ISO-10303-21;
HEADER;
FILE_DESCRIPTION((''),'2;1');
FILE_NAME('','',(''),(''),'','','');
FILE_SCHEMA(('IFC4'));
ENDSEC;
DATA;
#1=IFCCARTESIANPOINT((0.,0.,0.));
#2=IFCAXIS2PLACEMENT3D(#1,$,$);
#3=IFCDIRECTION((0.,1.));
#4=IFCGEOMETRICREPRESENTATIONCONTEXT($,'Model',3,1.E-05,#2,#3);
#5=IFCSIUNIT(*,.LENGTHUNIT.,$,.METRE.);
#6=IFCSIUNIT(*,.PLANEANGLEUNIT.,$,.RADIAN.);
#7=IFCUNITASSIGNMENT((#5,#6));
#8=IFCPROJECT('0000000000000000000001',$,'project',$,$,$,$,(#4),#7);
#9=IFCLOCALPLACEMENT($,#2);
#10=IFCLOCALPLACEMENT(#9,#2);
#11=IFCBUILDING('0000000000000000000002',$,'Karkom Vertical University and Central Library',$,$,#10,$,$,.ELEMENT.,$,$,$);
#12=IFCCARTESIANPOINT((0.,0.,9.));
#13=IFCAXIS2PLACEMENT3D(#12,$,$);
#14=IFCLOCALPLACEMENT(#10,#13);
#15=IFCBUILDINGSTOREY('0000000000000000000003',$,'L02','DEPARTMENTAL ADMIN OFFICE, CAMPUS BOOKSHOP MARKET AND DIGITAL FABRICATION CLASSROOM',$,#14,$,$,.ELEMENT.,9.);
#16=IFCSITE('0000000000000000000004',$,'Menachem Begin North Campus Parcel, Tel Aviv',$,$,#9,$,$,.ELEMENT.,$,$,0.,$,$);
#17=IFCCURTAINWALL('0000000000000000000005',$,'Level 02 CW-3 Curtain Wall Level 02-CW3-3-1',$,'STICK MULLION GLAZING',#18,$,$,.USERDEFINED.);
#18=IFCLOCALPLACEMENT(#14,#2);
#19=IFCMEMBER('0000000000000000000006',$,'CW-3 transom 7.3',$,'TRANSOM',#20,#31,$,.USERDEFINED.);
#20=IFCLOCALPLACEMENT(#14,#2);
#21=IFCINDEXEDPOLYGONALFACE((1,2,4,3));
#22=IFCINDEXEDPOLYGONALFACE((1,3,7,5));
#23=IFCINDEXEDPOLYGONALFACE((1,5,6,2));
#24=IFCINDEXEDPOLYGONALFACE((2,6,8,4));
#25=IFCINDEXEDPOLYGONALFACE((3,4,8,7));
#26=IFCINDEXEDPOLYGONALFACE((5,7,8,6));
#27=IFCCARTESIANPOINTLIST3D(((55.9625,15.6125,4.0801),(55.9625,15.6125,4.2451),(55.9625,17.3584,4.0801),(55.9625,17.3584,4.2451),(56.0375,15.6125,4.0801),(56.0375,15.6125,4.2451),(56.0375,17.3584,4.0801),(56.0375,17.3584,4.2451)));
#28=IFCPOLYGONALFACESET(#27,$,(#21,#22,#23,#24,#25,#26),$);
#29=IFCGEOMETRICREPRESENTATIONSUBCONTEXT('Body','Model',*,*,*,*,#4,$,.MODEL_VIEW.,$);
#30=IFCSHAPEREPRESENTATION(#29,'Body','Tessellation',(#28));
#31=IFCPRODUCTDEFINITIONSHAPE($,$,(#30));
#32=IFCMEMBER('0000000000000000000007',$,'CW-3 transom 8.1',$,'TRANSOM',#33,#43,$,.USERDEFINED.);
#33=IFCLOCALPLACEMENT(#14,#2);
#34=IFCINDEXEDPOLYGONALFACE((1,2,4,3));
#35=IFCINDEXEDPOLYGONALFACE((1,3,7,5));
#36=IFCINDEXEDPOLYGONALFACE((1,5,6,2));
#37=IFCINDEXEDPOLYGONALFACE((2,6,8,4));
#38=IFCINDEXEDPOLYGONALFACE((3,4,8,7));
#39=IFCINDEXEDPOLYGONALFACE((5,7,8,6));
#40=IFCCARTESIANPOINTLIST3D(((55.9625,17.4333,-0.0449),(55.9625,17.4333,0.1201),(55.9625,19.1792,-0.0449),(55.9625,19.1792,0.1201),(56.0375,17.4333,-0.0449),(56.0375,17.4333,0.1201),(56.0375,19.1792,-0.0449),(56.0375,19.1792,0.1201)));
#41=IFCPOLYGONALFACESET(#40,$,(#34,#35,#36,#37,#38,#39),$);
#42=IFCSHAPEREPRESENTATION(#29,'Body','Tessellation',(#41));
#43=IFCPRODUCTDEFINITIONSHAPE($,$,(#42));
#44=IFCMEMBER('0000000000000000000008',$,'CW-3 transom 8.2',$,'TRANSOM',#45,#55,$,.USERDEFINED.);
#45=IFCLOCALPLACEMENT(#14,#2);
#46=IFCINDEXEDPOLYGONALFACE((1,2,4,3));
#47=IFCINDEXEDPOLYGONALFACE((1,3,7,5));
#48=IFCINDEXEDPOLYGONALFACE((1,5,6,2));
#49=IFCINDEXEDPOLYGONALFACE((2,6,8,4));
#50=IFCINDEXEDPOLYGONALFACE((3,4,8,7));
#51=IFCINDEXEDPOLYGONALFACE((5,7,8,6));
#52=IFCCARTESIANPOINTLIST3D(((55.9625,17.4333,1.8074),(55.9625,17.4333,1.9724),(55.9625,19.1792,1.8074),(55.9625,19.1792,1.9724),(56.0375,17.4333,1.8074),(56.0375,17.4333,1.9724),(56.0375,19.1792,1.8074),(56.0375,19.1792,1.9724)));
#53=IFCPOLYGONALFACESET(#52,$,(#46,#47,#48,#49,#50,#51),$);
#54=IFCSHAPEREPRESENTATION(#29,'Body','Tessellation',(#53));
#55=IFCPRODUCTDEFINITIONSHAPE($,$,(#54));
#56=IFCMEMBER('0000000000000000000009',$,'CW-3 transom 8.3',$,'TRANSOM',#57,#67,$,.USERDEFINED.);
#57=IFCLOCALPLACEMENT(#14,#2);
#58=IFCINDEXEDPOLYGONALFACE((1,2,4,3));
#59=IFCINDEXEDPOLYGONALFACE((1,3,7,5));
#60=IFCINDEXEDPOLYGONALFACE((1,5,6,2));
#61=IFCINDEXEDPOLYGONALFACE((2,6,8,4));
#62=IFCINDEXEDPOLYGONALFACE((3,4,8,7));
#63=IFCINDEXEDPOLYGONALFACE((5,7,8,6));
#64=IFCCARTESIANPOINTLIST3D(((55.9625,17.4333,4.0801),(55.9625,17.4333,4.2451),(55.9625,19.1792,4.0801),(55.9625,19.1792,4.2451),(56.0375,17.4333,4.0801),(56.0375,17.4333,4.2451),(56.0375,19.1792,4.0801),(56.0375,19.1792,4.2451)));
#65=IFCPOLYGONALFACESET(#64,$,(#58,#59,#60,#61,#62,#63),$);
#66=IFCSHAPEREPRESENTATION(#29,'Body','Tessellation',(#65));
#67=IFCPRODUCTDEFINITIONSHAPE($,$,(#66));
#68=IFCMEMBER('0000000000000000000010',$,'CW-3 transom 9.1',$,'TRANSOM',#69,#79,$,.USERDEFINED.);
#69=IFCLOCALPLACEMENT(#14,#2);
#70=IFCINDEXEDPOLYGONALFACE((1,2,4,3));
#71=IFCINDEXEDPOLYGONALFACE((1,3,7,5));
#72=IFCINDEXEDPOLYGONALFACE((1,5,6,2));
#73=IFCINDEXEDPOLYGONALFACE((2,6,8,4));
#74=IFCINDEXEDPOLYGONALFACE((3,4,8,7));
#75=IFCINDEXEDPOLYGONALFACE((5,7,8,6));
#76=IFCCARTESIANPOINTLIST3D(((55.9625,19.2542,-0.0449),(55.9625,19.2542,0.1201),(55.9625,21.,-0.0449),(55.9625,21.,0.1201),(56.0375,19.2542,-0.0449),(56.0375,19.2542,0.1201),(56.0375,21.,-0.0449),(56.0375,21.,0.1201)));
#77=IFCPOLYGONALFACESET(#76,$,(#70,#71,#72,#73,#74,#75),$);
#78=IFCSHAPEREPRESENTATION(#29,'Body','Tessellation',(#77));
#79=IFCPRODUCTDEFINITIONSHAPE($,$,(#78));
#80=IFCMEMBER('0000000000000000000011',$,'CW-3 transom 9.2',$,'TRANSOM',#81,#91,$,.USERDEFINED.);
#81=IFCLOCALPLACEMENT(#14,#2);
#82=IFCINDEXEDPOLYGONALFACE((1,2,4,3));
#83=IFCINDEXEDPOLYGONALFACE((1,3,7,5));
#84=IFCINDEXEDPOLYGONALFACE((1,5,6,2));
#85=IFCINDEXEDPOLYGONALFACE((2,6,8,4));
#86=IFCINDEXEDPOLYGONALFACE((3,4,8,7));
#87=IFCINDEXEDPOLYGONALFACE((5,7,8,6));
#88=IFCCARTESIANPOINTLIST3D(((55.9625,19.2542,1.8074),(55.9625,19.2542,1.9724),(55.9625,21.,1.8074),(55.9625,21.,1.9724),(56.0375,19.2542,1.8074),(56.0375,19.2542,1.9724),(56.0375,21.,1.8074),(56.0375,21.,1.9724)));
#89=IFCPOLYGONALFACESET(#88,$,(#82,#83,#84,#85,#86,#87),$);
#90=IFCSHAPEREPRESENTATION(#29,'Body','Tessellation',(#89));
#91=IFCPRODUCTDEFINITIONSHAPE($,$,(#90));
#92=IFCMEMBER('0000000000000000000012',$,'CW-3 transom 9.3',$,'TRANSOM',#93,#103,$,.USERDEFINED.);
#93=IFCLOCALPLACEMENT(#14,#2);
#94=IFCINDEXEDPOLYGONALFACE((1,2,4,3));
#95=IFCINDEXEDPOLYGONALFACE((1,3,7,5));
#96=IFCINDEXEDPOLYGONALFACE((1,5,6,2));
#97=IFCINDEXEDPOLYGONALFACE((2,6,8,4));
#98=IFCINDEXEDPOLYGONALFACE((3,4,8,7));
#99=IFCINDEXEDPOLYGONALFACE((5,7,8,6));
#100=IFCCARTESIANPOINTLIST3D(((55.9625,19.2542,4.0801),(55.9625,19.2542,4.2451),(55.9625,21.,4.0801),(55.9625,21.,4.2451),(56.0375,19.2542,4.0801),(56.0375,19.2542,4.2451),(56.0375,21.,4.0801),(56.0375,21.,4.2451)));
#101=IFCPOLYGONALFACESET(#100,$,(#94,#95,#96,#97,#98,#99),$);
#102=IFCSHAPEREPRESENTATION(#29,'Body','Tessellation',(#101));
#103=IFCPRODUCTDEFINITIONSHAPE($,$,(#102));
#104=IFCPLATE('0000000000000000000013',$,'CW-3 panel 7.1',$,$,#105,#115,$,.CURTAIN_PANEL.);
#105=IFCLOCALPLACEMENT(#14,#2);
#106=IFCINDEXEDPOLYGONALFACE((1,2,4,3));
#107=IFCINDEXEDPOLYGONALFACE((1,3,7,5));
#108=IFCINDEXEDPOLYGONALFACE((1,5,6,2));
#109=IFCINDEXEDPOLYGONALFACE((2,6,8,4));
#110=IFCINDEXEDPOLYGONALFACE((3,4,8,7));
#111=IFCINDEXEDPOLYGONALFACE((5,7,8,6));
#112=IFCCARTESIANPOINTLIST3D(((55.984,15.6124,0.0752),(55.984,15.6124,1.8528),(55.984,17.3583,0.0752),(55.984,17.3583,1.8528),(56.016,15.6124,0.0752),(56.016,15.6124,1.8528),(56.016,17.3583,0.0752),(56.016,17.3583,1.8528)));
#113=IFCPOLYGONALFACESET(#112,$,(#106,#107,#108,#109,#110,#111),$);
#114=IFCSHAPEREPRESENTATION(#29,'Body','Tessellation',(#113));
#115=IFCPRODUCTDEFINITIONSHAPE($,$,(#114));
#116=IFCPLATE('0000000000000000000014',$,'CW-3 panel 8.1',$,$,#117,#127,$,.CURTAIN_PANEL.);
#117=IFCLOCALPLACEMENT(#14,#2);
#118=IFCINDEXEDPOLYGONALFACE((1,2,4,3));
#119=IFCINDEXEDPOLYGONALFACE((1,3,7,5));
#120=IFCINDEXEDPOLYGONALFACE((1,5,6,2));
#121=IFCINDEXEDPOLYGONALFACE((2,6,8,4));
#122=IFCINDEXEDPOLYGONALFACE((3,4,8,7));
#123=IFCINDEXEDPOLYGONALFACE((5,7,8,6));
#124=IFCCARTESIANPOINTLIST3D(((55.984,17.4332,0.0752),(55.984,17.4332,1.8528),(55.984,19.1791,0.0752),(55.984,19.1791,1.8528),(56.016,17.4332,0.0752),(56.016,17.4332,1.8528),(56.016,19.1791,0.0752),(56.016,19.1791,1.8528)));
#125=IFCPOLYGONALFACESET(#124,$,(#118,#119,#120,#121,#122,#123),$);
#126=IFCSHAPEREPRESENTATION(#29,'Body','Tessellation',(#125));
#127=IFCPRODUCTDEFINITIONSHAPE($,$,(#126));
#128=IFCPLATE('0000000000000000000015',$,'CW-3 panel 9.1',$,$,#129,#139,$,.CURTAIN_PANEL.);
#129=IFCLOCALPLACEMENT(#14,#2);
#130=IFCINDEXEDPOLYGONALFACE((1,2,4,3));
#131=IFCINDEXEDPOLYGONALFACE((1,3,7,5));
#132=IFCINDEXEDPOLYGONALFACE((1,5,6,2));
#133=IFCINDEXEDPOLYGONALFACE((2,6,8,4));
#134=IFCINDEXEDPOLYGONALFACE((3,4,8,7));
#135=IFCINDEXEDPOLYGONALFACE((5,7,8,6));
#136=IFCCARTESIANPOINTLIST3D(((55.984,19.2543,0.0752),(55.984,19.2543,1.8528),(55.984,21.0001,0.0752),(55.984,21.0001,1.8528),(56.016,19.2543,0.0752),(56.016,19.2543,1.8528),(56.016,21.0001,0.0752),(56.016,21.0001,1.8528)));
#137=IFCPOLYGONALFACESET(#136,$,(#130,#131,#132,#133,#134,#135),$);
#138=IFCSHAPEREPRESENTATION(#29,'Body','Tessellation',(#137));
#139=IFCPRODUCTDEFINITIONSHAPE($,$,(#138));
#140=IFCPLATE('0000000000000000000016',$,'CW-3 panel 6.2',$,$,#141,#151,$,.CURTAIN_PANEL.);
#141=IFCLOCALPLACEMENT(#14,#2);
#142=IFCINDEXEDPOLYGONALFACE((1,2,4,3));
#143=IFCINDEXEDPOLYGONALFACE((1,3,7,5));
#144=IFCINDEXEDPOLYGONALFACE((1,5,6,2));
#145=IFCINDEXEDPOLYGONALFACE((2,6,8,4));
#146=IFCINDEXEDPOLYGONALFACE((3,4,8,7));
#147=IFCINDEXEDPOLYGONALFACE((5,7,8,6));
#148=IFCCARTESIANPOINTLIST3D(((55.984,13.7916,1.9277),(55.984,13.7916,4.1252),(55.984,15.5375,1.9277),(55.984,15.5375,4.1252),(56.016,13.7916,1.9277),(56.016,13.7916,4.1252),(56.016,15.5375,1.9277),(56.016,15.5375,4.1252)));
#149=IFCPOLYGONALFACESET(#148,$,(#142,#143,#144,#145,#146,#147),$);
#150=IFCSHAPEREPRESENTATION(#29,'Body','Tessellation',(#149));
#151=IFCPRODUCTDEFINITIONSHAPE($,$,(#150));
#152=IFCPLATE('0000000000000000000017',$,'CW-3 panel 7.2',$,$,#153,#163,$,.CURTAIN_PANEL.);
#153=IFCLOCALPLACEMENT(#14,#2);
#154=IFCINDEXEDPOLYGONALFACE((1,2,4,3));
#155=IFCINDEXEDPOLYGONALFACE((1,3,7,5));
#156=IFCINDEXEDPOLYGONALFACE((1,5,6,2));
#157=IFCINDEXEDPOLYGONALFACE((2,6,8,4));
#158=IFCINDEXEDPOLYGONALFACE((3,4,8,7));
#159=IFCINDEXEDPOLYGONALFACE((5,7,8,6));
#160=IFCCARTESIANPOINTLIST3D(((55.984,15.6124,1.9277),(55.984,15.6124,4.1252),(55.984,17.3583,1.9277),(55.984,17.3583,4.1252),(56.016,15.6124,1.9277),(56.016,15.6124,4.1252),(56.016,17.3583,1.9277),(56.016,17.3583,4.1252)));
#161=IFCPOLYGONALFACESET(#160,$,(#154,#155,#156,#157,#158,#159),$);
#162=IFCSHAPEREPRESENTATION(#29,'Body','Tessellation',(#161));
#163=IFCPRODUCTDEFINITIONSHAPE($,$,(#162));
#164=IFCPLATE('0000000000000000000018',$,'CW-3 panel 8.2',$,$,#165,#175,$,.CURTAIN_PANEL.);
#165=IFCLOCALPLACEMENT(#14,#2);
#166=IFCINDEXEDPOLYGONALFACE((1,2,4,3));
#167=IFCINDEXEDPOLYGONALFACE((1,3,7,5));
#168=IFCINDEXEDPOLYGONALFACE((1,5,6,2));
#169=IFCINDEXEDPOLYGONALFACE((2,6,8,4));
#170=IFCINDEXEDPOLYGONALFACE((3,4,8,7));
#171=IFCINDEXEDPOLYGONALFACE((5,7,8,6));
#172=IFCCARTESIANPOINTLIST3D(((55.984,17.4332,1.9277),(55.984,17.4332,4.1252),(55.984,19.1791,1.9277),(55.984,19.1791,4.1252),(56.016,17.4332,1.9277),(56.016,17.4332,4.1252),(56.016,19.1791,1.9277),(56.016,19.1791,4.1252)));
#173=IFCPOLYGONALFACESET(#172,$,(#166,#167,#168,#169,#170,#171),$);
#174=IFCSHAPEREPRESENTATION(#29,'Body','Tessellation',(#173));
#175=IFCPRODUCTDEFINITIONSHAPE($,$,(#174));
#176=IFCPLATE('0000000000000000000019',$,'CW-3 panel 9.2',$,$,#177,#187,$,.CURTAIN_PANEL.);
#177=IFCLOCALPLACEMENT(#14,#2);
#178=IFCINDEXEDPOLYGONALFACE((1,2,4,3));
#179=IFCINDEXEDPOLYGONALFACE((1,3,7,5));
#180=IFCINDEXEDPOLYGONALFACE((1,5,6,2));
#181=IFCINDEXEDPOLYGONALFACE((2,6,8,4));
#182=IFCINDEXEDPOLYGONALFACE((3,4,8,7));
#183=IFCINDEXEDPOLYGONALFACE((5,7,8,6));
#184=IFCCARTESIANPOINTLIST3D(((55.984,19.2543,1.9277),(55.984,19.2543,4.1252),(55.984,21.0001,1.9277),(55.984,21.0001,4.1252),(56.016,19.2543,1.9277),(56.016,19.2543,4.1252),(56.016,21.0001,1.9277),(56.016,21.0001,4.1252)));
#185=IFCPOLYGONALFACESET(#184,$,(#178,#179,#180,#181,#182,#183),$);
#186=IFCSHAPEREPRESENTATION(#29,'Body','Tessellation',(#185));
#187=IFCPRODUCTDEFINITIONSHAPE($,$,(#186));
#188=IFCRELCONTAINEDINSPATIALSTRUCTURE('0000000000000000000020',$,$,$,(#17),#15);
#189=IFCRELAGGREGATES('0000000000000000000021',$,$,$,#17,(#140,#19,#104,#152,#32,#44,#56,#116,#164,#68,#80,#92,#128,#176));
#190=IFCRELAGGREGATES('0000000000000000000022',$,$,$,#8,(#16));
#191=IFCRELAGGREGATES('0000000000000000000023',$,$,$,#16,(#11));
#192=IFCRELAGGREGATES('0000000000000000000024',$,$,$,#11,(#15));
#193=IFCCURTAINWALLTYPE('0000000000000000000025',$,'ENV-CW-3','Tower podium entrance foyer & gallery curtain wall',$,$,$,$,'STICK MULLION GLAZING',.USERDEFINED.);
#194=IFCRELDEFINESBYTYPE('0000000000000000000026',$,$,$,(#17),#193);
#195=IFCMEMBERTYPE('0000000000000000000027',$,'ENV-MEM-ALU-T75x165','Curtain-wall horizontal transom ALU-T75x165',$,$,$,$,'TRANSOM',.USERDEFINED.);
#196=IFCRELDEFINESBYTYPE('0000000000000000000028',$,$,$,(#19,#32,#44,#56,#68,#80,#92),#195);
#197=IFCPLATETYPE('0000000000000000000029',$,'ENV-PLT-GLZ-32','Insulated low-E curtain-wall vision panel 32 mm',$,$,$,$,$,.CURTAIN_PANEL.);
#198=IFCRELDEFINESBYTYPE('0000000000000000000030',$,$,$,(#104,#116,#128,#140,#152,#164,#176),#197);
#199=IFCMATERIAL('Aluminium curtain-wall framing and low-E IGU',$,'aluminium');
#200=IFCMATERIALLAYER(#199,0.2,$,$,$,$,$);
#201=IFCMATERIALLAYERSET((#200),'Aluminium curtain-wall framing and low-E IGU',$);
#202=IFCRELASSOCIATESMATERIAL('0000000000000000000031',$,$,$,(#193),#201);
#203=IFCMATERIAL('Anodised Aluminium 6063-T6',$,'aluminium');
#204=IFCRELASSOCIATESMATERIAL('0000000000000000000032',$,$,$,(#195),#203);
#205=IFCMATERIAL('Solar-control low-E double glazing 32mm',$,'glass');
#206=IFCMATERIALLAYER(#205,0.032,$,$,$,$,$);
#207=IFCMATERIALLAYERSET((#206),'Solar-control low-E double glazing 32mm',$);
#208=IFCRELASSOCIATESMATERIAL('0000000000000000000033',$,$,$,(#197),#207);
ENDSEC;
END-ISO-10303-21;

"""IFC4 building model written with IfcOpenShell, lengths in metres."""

from ifc_helpers import new_model, si_unit, direction, frame, origin, origin_with_axes, origin_2d, place, context, subcontext, project, spatial, rectangle, extrude, source, transform, mapped, material, layer, layer_set, material_profile, profile_set, type_object, element, aggregate, save


model = new_model("IFC4")

# Units and contexts
model_context = context("Model", 3, precision=1e-05, world=origin(), true_north=direction((0.0, 1.0)))
body_context = subcontext(model_context, "Body", "Model", "MODEL_VIEW")
ifc_project = project(units=[si_unit("LENGTHUNIT", "METRE"), si_unit("PLANEANGLEUNIT", "RADIAN")], contexts=[model_context])

# Site, building, storey
site_placement = place(None, origin())
site = spatial("IfcSite", under=ifc_project, at=site_placement, Name="Menachem Begin North Campus Parcel, Tel Aviv", CompositionType="ELEMENT", RefElevation=0.0)
building_placement = place(site_placement, origin())
building = spatial("IfcBuilding", under=site, at=building_placement, Name="Karkom Vertical University and Central Library", CompositionType="ELEMENT")
storey_placement = place(building_placement, frame((0.0, 0.0, 9.0)))
storey = spatial("IfcBuildingStorey", under=building, at=storey_placement, Name="L02", Description="DEPARTMENTAL ADMIN OFFICE, CAMPUS BOOKSHOP MARKET AND DIGITAL FABRICATION CLASSROOM", CompositionType="ELEMENT", Elevation=9.0)

# Curtain wall, members, plates
ifc_material_1 = material(Name="Aluminium curtain-wall framing and low-E IGU", Category="aluminium")
ifc_layer_1 = layer(ifc_material_1, 0.2)
ifc_layer_set_1 = layer_set([ifc_layer_1], Name="Aluminium curtain-wall framing and low-E IGU")
curtain_wall_type = type_object("IfcCurtainWallType", Name="ENV-CW-3", Description="Tower podium entrance foyer & gallery curtain wall", ElementType="STICK MULLION GLAZING", PredefinedType="USERDEFINED", material=ifc_layer_set_1)
curtain_wall_placement = place(storey_placement, origin())
curtain_wall = element("IfcCurtainWall", 1, at=curtain_wall_placement, inside=storey, type_object=curtain_wall_type, Name="Level 02 CW-3 Curtain Wall Level 02-CW3-3-1", ObjectType="STICK MULLION GLAZING", PredefinedType="USERDEFINED")
ifc_material_2 = material(Name="Anodised Aluminium 6063-T6", Category="aluminium")
ifc_material_profile_1 = material_profile(ifc_material_2, rectangle(XDim=0.075, YDim=0.165, at=origin_2d()), Name="ALU-T75x165")
ifc_profile_set_1 = profile_set([ifc_material_profile_1], Name="Anodised Aluminium 6063-T6")
member_type_1 = type_object("IfcMemberType", Name="ENV-MEM-ALU-T75x165", Description="Curtain-wall horizontal transom ALU-T75x165", ElementType="TRANSOM", PredefinedType="USERDEFINED", material=ifc_profile_set_1)
shared_shape_1 = source(origin_with_axes(), body_context, "Body", "SweptSolid", [
    extrude(rectangle(XDim=0.075, YDim=0.165, at=origin_2d()), origin(), (0.0, 0.0, 1.0), 1.7458),
])
member_1_placement = place(storey_placement, frame((56.0, 15.6125, 4.1626), z_axis=(0.0, 1.0, 0.0), x_axis=(-1.0, 0.0, 0.0)))
member_1 = element("IfcMember", 2, at=member_1_placement, type_object=member_type_1, Name="CW-3 transom 7.3", ObjectType="TRANSOM", PredefinedType="USERDEFINED", context=body_context, shape_type="MappedRepresentation", body=[
    mapped(shared_shape_1, transform((0.0, 0.0, 0.0), scale=1.0)),
])
member_2_placement = place(storey_placement, frame((56.0, 17.4333, 0.0376), z_axis=(0.0, 1.0, 0.0), x_axis=(-1.0, 0.0, 0.0)))
member_2 = element("IfcMember", 3, at=member_2_placement, type_object=member_type_1, Name="CW-3 transom 8.1", ObjectType="TRANSOM", PredefinedType="USERDEFINED", context=body_context, shape_type="MappedRepresentation", body=[
    mapped(shared_shape_1, transform((0.0, 0.0, 0.0), scale=1.0)),
])
member_3_placement = place(storey_placement, frame((56.0, 17.4333, 1.8899), z_axis=(0.0, 1.0, 0.0), x_axis=(-1.0, 0.0, 0.0)))
member_3 = element("IfcMember", 4, at=member_3_placement, type_object=member_type_1, Name="CW-3 transom 8.2", ObjectType="TRANSOM", PredefinedType="USERDEFINED", context=body_context, shape_type="MappedRepresentation", body=[
    mapped(shared_shape_1, transform((0.0, 0.0, 0.0), scale=1.0)),
])
member_4_placement = place(storey_placement, frame((56.0, 17.4333, 4.1626), z_axis=(0.0, 1.0, 0.0), x_axis=(-1.0, 0.0, 0.0)))
member_4 = element("IfcMember", 5, at=member_4_placement, type_object=member_type_1, Name="CW-3 transom 8.3", ObjectType="TRANSOM", PredefinedType="USERDEFINED", context=body_context, shape_type="MappedRepresentation", body=[
    mapped(shared_shape_1, transform((0.0, 0.0, 0.0), scale=1.0)),
])
member_5_placement = place(storey_placement, frame((56.0, 19.2542, 0.0376), z_axis=(0.0, 1.0, 0.0), x_axis=(-1.0, 0.0, 0.0)))
member_5 = element("IfcMember", 6, at=member_5_placement, type_object=member_type_1, Name="CW-3 transom 9.1", ObjectType="TRANSOM", PredefinedType="USERDEFINED", context=body_context, shape_type="MappedRepresentation", body=[
    mapped(shared_shape_1, transform((0.0, 0.0, 0.0), scale=1.0)),
])
member_6_placement = place(storey_placement, frame((56.0, 19.2542, 1.8899), z_axis=(0.0, 1.0, 0.0), x_axis=(-1.0, 0.0, 0.0)))
member_6 = element("IfcMember", 7, at=member_6_placement, type_object=member_type_1, Name="CW-3 transom 9.2", ObjectType="TRANSOM", PredefinedType="USERDEFINED", context=body_context, shape_type="MappedRepresentation", body=[
    mapped(shared_shape_1, transform((0.0, 0.0, 0.0), scale=1.0)),
])
member_7_placement = place(storey_placement, frame((56.0, 19.2542, 4.1626), z_axis=(0.0, 1.0, 0.0), x_axis=(-1.0, 0.0, 0.0)))
member_7 = element("IfcMember", 8, at=member_7_placement, type_object=member_type_1, Name="CW-3 transom 9.3", ObjectType="TRANSOM", PredefinedType="USERDEFINED", context=body_context, shape_type="MappedRepresentation", body=[
    mapped(shared_shape_1, transform((0.0, 0.0, 0.0), scale=1.0)),
])
ifc_material_3 = material(Name="Solar-control low-E double glazing 32mm", Category="glass")
ifc_layer_2 = layer(ifc_material_3, 0.032)
ifc_layer_set_2 = layer_set([ifc_layer_2], Name="Solar-control low-E double glazing 32mm")
plate_type = type_object("IfcPlateType", Name="ENV-PLT-GLZ-32", Description="Insulated low-E curtain-wall vision panel 32 mm", PredefinedType="CURTAIN_PANEL", material=ifc_layer_set_2)
shared_shape_2 = source(origin_with_axes(), body_context, "Body", "SweptSolid", [
    extrude(rectangle(XDim=1.7458, YDim=0.032, at=origin_2d()), origin(), (0.0, 0.0, 1.0), 1.7776),
])
plate_1_placement = place(storey_placement, frame((56.0, 16.4854, 0.0752), z_axis=(0.0, 0.0, 1.0), x_axis=(0.0, 1.0, 0.0)))
plate_1 = element("IfcPlate", 9, at=plate_1_placement, type_object=plate_type, Name="CW-3 panel 7.1", PredefinedType="CURTAIN_PANEL", context=body_context, shape_type="MappedRepresentation", body=[
    mapped(shared_shape_2, transform((0.0, 0.0, 0.0), scale=1.0)),
])
plate_2_placement = place(storey_placement, frame((56.0, 18.3062, 0.0752), z_axis=(0.0, 0.0, 1.0), x_axis=(0.0, 1.0, 0.0)))
plate_2 = element("IfcPlate", 10, at=plate_2_placement, type_object=plate_type, Name="CW-3 panel 8.1", PredefinedType="CURTAIN_PANEL", context=body_context, shape_type="MappedRepresentation", body=[
    mapped(shared_shape_2, transform((0.0, 0.0, 0.0), scale=1.0)),
])
plate_3_placement = place(storey_placement, frame((56.0, 20.1272, 0.0752), z_axis=(0.0, 0.0, 1.0), x_axis=(0.0, 1.0, 0.0)))
plate_3 = element("IfcPlate", 11, at=plate_3_placement, type_object=plate_type, Name="CW-3 panel 9.1", PredefinedType="CURTAIN_PANEL", context=body_context, shape_type="MappedRepresentation", body=[
    mapped(shared_shape_2, transform((0.0, 0.0, 0.0), scale=1.0)),
])
shared_shape_3 = source(origin_with_axes(), body_context, "Body", "SweptSolid", [
    extrude(rectangle(XDim=1.7458, YDim=0.032, at=origin_2d()), origin(), (0.0, 0.0, 1.0), 2.1975),
])
plate_4_placement = place(storey_placement, frame((56.0, 14.6646, 1.9277), z_axis=(0.0, 0.0, 1.0), x_axis=(0.0, 1.0, 0.0)))
plate_4 = element("IfcPlate", 12, at=plate_4_placement, type_object=plate_type, Name="CW-3 panel 6.2", PredefinedType="CURTAIN_PANEL", context=body_context, shape_type="MappedRepresentation", body=[
    mapped(shared_shape_3, transform((0.0, 0.0, 0.0), scale=1.0)),
])
plate_5_placement = place(storey_placement, frame((56.0, 16.4854, 1.9277), z_axis=(0.0, 0.0, 1.0), x_axis=(0.0, 1.0, 0.0)))
plate_5 = element("IfcPlate", 13, at=plate_5_placement, type_object=plate_type, Name="CW-3 panel 7.2", PredefinedType="CURTAIN_PANEL", context=body_context, shape_type="MappedRepresentation", body=[
    mapped(shared_shape_3, transform((0.0, 0.0, 0.0), scale=1.0)),
])
plate_6_placement = place(storey_placement, frame((56.0, 18.3062, 1.9277), z_axis=(0.0, 0.0, 1.0), x_axis=(0.0, 1.0, 0.0)))
plate_6 = element("IfcPlate", 14, at=plate_6_placement, type_object=plate_type, Name="CW-3 panel 8.2", PredefinedType="CURTAIN_PANEL", context=body_context, shape_type="MappedRepresentation", body=[
    mapped(shared_shape_3, transform((0.0, 0.0, 0.0), scale=1.0)),
])
plate_7_placement = place(storey_placement, frame((56.0, 20.1272, 1.9277), z_axis=(0.0, 0.0, 1.0), x_axis=(0.0, 1.0, 0.0)))
plate_7 = element("IfcPlate", 15, at=plate_7_placement, type_object=plate_type, Name="CW-3 panel 9.2", PredefinedType="CURTAIN_PANEL", context=body_context, shape_type="MappedRepresentation", body=[
    mapped(shared_shape_3, transform((0.0, 0.0, 0.0), scale=1.0)),
])
aggregate(curtain_wall, [plate_4, member_1, plate_1, plate_5, member_2, member_3, member_4, plate_2, plate_6, member_5, member_6, member_7, plate_3, plate_7])

save(model, "model.ifc")
